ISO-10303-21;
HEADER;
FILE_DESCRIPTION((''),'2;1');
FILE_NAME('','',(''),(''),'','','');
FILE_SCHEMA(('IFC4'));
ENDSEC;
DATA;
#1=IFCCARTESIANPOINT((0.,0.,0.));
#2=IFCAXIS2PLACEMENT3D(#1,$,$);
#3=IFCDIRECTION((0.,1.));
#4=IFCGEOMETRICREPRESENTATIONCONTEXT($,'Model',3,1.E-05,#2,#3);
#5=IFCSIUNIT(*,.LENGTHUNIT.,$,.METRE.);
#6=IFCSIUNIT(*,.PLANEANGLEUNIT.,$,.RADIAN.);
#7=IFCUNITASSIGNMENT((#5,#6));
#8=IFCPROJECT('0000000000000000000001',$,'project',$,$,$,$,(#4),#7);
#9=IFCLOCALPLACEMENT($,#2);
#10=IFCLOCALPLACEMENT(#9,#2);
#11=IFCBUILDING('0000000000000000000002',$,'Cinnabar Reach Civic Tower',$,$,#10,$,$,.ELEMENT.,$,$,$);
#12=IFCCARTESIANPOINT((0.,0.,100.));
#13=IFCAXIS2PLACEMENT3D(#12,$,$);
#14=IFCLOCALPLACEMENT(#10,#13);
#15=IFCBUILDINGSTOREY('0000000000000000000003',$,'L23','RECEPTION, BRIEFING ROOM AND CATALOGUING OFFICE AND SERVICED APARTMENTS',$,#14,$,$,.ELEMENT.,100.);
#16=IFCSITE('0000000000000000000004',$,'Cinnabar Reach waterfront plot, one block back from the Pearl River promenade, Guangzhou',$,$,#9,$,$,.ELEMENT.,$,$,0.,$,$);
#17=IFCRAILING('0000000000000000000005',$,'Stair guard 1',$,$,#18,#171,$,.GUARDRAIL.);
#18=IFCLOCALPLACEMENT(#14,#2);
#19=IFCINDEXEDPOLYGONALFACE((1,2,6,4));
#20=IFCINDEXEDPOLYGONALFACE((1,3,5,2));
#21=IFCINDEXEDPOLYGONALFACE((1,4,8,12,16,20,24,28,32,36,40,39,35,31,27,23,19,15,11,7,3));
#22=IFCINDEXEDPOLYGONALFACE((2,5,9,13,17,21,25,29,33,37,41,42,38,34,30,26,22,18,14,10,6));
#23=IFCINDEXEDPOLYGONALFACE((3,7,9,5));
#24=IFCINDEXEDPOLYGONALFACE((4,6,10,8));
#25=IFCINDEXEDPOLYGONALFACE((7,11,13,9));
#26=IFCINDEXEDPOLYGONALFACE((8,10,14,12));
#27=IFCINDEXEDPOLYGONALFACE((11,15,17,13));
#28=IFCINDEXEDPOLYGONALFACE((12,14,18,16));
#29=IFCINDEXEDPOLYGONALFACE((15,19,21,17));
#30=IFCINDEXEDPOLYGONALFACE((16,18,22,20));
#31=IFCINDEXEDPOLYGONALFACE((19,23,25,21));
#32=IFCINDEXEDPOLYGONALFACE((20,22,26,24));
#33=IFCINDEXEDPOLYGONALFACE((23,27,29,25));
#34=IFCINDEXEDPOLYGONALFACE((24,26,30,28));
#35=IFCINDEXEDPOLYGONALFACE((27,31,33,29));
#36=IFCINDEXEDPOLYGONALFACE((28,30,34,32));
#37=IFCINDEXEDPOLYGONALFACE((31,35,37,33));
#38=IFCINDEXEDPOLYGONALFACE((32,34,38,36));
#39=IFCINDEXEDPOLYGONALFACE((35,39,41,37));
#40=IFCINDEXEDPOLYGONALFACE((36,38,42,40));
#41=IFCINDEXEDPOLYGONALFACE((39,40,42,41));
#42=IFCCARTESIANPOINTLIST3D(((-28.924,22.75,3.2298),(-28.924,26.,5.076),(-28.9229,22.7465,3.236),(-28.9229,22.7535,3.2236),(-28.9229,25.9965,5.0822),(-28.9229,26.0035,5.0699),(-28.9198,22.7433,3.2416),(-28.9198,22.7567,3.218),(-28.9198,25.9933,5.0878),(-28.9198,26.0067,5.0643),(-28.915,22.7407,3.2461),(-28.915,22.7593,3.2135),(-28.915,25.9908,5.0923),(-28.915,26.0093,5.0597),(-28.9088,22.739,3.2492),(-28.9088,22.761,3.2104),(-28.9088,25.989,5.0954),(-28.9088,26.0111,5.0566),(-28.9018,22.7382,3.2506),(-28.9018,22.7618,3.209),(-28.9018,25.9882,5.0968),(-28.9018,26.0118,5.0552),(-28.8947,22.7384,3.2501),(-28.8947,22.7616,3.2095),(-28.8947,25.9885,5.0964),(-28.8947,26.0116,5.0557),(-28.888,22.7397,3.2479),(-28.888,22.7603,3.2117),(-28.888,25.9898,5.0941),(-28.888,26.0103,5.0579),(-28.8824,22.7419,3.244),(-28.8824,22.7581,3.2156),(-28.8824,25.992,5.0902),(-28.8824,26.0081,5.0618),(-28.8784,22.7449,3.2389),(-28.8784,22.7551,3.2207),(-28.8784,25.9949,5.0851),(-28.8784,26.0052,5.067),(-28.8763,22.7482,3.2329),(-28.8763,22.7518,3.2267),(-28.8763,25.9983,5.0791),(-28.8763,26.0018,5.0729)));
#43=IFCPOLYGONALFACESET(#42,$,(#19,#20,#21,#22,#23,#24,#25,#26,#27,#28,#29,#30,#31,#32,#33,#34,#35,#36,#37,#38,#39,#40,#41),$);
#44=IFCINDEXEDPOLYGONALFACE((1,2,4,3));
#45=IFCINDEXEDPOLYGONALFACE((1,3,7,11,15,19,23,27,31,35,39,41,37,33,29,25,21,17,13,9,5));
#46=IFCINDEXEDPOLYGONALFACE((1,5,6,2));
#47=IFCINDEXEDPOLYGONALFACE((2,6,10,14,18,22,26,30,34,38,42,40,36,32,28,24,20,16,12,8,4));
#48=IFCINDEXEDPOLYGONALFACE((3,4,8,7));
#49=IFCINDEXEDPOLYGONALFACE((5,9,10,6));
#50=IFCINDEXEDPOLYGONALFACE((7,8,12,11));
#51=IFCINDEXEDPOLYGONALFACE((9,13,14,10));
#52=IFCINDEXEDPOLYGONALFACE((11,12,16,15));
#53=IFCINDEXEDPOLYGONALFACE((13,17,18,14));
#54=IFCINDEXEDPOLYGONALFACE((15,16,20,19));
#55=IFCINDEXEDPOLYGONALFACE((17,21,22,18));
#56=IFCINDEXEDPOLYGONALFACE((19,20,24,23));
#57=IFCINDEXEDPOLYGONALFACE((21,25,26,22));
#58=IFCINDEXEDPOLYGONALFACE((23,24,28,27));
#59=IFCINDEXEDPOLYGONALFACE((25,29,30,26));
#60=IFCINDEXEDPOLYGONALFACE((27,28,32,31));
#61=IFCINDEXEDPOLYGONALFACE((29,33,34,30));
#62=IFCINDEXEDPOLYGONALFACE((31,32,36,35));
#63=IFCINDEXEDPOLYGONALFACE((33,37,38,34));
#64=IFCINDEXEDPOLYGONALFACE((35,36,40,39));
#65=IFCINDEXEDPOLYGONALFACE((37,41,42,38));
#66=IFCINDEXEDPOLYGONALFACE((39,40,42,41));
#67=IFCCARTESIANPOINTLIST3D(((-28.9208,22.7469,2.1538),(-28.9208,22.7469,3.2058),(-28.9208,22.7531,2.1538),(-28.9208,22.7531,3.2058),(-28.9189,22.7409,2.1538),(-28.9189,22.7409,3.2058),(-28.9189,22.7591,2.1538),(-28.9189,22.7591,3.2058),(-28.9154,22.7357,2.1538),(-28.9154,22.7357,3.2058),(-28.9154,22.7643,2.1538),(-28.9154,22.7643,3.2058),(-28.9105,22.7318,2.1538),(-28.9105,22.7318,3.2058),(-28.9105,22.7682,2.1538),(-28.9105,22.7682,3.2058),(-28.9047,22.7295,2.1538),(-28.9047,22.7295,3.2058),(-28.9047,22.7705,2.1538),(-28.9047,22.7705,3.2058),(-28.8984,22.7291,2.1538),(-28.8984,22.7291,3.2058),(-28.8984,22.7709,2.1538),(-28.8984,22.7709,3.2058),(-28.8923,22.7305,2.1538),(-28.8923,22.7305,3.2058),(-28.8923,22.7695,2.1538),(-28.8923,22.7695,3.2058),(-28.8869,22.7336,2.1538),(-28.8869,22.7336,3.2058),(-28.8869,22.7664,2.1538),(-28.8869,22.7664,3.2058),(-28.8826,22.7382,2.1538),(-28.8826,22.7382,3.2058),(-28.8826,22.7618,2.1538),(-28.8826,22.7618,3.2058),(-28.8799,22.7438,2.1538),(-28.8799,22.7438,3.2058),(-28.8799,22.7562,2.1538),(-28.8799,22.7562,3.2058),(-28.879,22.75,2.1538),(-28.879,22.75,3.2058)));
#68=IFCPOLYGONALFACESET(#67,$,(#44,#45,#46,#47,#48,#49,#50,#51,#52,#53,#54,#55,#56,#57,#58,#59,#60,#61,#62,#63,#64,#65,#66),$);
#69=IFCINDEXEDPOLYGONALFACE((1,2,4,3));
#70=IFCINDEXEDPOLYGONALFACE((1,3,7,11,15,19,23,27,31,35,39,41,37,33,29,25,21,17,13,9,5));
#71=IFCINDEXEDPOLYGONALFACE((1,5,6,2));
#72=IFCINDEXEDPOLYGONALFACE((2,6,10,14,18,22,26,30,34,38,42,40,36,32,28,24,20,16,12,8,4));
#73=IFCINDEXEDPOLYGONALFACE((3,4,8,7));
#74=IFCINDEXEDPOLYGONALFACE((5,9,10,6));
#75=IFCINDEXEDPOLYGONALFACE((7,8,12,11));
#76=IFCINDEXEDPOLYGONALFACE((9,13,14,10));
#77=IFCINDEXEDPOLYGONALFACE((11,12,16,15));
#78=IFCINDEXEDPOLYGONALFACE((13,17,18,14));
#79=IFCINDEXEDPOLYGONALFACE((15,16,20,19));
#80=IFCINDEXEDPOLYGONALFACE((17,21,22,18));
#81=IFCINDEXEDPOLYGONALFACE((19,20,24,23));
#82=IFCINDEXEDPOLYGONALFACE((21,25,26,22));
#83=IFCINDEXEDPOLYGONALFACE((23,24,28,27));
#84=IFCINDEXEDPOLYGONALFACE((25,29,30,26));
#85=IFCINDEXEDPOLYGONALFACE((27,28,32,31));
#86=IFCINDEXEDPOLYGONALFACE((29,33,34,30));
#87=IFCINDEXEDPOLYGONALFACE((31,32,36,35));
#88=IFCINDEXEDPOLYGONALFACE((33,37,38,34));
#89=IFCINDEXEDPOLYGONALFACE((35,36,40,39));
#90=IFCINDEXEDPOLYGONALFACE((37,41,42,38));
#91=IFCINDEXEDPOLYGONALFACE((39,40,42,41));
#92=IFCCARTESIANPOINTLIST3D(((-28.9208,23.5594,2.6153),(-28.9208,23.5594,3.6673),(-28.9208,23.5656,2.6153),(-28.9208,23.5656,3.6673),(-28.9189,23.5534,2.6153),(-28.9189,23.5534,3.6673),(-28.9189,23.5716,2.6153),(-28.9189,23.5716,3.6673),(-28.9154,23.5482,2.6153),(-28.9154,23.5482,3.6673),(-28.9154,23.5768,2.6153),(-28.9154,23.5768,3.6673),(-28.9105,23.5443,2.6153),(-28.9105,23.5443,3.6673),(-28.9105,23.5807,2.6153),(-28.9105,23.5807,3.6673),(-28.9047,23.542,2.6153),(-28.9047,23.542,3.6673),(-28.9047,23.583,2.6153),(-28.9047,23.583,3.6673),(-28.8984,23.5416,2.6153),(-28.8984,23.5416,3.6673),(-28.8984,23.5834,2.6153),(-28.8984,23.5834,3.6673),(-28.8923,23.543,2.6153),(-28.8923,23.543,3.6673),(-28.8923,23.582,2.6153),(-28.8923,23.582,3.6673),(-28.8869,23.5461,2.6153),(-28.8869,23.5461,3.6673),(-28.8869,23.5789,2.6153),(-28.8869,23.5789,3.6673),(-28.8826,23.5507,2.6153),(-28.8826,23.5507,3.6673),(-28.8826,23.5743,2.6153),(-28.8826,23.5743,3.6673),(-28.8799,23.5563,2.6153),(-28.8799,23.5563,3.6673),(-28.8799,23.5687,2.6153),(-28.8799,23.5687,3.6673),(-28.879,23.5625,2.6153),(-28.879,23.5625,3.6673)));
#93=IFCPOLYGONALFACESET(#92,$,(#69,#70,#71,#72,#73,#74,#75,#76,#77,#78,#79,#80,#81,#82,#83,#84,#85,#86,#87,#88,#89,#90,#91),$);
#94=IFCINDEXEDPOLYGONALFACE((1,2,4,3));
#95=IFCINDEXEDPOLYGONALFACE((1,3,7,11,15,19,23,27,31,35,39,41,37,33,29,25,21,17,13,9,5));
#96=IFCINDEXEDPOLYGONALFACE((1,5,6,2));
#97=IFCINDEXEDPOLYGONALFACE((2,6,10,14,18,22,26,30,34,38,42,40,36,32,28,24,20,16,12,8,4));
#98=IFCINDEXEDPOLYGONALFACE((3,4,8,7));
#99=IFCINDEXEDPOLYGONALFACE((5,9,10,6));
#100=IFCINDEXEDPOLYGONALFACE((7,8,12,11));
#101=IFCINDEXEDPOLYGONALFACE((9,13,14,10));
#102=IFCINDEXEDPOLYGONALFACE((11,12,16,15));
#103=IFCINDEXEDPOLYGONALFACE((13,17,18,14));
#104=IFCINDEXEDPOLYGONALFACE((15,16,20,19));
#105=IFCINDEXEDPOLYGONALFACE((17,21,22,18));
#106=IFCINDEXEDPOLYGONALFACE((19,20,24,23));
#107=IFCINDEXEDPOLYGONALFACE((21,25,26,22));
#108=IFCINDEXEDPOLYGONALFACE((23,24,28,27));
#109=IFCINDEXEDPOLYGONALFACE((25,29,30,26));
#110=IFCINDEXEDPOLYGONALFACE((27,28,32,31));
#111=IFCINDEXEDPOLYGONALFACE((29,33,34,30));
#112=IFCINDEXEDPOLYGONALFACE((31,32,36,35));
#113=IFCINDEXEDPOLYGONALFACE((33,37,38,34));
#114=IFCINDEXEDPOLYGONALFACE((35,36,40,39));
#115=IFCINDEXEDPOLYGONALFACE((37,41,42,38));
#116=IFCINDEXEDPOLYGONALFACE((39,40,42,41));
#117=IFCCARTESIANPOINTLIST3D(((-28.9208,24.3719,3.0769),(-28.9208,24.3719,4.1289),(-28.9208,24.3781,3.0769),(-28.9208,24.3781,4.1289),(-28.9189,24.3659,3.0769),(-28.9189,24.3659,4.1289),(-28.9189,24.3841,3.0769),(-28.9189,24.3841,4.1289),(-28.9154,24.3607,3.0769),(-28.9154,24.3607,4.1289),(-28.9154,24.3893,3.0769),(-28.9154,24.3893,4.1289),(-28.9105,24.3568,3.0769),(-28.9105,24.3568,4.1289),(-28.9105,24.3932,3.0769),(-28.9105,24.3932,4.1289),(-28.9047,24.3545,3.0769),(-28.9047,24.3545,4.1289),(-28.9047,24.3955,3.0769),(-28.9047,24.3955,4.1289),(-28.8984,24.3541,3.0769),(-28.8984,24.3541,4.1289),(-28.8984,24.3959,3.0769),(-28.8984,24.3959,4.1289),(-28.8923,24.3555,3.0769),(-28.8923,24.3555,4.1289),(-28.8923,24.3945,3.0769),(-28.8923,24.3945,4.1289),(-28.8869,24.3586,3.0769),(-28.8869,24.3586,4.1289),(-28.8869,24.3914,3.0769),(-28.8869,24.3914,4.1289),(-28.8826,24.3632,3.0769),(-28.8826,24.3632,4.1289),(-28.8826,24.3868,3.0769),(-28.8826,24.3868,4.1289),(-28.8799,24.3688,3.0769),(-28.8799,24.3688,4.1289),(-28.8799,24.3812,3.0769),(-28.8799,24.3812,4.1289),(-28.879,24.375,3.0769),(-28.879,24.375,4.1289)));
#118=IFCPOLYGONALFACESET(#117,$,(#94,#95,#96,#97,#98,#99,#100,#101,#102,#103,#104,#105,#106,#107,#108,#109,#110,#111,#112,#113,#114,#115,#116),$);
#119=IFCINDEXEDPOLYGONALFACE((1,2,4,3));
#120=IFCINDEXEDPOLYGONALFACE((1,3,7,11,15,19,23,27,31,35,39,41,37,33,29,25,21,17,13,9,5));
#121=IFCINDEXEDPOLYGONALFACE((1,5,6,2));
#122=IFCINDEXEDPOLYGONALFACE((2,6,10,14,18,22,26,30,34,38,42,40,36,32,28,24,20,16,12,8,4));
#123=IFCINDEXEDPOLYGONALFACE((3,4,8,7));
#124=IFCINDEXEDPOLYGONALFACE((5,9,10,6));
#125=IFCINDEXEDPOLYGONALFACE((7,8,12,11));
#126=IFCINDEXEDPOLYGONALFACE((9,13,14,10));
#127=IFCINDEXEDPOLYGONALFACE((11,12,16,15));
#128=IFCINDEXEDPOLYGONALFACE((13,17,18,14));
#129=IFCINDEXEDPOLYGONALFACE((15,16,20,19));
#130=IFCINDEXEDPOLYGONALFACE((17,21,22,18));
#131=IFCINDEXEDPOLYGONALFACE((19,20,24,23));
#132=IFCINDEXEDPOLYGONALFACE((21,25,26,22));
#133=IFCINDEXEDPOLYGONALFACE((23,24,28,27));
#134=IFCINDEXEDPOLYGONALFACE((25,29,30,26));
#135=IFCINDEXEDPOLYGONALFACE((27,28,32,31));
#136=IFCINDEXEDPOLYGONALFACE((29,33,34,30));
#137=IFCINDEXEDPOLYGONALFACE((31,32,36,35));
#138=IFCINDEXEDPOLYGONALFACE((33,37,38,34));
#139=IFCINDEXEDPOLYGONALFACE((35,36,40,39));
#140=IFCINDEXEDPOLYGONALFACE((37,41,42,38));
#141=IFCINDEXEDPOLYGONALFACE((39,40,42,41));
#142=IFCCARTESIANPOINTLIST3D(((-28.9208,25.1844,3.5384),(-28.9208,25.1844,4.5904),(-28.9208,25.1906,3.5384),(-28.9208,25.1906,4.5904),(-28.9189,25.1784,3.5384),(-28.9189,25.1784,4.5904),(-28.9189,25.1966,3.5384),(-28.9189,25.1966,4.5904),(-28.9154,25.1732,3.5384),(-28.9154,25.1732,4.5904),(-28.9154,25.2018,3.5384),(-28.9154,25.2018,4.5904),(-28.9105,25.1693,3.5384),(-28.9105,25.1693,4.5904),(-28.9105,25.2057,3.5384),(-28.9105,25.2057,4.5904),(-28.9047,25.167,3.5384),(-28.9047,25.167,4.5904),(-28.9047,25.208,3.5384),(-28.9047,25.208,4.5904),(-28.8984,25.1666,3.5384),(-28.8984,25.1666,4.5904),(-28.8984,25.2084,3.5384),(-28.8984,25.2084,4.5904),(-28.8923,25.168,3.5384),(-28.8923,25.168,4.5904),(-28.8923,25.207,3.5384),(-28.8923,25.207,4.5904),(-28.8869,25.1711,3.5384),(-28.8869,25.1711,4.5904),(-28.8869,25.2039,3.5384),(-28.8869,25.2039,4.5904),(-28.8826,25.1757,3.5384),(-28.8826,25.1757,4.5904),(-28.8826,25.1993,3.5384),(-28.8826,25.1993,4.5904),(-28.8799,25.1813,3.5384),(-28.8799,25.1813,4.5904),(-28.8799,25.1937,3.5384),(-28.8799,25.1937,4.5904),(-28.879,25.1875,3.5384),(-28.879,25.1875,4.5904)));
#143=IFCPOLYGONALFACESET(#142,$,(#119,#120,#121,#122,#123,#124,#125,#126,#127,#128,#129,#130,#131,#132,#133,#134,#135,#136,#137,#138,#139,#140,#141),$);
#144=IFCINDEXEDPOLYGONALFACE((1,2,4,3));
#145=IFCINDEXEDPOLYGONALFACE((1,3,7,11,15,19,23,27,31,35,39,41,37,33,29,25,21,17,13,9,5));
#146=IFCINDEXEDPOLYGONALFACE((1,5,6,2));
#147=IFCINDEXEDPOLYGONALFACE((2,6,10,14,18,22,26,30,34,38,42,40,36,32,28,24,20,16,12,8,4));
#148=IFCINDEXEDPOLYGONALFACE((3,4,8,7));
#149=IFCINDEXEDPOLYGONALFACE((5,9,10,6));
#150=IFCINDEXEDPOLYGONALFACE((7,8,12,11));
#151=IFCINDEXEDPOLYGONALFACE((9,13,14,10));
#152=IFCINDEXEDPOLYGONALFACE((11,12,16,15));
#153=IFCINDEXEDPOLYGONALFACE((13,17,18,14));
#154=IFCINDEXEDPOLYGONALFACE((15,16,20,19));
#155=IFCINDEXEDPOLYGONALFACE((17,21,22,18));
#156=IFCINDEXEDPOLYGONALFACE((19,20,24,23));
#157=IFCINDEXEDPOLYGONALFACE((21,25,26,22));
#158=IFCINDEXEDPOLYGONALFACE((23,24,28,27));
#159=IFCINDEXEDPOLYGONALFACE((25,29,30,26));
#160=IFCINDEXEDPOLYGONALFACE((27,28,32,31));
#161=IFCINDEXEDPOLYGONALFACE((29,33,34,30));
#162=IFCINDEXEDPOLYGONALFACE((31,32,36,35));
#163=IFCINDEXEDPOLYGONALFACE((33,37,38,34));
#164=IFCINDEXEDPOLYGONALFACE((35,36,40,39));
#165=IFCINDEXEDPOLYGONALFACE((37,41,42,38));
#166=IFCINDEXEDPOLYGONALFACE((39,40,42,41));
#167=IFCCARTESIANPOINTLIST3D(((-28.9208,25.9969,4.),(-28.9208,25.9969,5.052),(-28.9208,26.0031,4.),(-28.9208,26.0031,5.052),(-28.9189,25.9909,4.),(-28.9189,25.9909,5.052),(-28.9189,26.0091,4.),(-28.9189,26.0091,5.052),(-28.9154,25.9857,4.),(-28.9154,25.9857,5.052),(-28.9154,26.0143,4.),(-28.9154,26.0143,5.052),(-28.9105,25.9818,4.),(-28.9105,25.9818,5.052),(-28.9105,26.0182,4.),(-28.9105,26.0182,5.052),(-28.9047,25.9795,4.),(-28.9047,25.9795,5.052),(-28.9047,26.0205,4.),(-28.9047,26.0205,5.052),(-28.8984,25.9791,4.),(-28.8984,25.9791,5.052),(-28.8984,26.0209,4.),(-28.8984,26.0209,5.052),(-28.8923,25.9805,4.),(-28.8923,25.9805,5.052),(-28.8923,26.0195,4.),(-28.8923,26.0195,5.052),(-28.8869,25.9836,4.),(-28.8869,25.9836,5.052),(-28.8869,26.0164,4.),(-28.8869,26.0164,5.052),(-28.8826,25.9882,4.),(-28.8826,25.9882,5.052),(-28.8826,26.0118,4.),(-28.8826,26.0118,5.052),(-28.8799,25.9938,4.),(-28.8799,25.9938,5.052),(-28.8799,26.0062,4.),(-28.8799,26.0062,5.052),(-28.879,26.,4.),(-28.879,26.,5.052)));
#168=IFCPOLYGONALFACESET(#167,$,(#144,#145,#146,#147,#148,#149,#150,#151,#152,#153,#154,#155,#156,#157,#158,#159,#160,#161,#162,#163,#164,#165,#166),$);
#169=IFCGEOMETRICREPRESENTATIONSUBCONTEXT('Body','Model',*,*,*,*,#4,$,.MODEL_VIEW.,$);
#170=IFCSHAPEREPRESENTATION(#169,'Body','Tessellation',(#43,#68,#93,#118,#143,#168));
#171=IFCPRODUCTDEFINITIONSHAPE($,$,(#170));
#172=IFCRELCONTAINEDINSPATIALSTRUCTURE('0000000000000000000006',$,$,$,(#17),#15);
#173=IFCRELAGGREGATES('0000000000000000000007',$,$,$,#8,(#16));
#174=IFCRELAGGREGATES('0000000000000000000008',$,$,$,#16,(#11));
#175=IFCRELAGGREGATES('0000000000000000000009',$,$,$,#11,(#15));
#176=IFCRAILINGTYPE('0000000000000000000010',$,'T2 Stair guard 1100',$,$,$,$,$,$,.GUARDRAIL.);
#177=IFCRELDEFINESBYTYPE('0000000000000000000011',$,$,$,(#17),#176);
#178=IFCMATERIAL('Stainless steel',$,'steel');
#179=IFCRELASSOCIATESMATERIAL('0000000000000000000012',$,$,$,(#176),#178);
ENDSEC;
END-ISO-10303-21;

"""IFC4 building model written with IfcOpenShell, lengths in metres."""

from ifc_helpers import new_model, si_unit, direction, frame, origin, origin_2d, place, context, subcontext, project, spatial, circle, extrude, material, type_object, element, save


model = new_model("IFC4")

# Units and contexts
model_context = context("Model", 3, precision=1e-05, world=origin(), true_north=direction((0.0, 1.0)))
body_context = subcontext(model_context, "Body", "Model", "MODEL_VIEW")
ifc_project = project(units=[si_unit("LENGTHUNIT", "METRE"), si_unit("PLANEANGLEUNIT", "RADIAN")], contexts=[model_context])

# Site, building, storey
site_placement = place(None, origin())
site = spatial("IfcSite", under=ifc_project, at=site_placement, Name="Cinnabar Reach waterfront plot, one block back from the Pearl River promenade, Guangzhou", CompositionType="ELEMENT", RefElevation=0.0)
building_placement = place(site_placement, origin())
building = spatial("IfcBuilding", under=site, at=building_placement, Name="Cinnabar Reach Civic Tower", CompositionType="ELEMENT")
storey_placement = place(building_placement, frame((0.0, 0.0, 100.0)))
storey = spatial("IfcBuildingStorey", under=building, at=storey_placement, Name="L23", Description="RECEPTION, BRIEFING ROOM AND CATALOGUING OFFICE AND SERVICED APARTMENTS", CompositionType="ELEMENT", Elevation=100.0)

# Railing
ifc_material_1 = material(Name="Stainless steel", Category="steel")
railing_type_1 = type_object("IfcRailingType", Name="T2 Stair guard 1100", PredefinedType="GUARDRAIL", material=ifc_material_1)
railing_1_placement = place(storey_placement, frame((-28.9, 22.75, 2.1538)))
element("IfcRailing", 1, at=railing_1_placement, inside=storey, type_object=railing_type_1, Name="Stair guard 1", PredefinedType="GUARDRAIL", context=body_context, shape_type="SweptSolid", body=[
    extrude(circle(Radius=0.024, at=origin_2d()), frame((0.0, 0.0, 1.076), z_axis=(0.0, 0.869501, 0.49393), x_axis=(-1.0, 0.0, 0.0)), (0.0, 0.0, 1.0), 3.7378),
    extrude(circle(Radius=0.021, at=origin_2d()), origin(), (0.0, 0.0, 1.0), 1.052),
    extrude(circle(Radius=0.021, at=origin_2d()), frame((0.0, 0.8125, 0.4615)), (0.0, 0.0, 1.0), 1.052),
    extrude(circle(Radius=0.021, at=origin_2d()), frame((0.0, 1.625, 0.9231)), (0.0, 0.0, 1.0), 1.052),
    extrude(circle(Radius=0.021, at=origin_2d()), frame((0.0, 2.4375, 1.3846)), (0.0, 0.0, 1.0), 1.052),
    extrude(circle(Radius=0.021, at=origin_2d()), frame((0.0, 3.25, 1.8462)), (0.0, 0.0, 1.0), 1.052),
])

save(model, "model.ifc")
